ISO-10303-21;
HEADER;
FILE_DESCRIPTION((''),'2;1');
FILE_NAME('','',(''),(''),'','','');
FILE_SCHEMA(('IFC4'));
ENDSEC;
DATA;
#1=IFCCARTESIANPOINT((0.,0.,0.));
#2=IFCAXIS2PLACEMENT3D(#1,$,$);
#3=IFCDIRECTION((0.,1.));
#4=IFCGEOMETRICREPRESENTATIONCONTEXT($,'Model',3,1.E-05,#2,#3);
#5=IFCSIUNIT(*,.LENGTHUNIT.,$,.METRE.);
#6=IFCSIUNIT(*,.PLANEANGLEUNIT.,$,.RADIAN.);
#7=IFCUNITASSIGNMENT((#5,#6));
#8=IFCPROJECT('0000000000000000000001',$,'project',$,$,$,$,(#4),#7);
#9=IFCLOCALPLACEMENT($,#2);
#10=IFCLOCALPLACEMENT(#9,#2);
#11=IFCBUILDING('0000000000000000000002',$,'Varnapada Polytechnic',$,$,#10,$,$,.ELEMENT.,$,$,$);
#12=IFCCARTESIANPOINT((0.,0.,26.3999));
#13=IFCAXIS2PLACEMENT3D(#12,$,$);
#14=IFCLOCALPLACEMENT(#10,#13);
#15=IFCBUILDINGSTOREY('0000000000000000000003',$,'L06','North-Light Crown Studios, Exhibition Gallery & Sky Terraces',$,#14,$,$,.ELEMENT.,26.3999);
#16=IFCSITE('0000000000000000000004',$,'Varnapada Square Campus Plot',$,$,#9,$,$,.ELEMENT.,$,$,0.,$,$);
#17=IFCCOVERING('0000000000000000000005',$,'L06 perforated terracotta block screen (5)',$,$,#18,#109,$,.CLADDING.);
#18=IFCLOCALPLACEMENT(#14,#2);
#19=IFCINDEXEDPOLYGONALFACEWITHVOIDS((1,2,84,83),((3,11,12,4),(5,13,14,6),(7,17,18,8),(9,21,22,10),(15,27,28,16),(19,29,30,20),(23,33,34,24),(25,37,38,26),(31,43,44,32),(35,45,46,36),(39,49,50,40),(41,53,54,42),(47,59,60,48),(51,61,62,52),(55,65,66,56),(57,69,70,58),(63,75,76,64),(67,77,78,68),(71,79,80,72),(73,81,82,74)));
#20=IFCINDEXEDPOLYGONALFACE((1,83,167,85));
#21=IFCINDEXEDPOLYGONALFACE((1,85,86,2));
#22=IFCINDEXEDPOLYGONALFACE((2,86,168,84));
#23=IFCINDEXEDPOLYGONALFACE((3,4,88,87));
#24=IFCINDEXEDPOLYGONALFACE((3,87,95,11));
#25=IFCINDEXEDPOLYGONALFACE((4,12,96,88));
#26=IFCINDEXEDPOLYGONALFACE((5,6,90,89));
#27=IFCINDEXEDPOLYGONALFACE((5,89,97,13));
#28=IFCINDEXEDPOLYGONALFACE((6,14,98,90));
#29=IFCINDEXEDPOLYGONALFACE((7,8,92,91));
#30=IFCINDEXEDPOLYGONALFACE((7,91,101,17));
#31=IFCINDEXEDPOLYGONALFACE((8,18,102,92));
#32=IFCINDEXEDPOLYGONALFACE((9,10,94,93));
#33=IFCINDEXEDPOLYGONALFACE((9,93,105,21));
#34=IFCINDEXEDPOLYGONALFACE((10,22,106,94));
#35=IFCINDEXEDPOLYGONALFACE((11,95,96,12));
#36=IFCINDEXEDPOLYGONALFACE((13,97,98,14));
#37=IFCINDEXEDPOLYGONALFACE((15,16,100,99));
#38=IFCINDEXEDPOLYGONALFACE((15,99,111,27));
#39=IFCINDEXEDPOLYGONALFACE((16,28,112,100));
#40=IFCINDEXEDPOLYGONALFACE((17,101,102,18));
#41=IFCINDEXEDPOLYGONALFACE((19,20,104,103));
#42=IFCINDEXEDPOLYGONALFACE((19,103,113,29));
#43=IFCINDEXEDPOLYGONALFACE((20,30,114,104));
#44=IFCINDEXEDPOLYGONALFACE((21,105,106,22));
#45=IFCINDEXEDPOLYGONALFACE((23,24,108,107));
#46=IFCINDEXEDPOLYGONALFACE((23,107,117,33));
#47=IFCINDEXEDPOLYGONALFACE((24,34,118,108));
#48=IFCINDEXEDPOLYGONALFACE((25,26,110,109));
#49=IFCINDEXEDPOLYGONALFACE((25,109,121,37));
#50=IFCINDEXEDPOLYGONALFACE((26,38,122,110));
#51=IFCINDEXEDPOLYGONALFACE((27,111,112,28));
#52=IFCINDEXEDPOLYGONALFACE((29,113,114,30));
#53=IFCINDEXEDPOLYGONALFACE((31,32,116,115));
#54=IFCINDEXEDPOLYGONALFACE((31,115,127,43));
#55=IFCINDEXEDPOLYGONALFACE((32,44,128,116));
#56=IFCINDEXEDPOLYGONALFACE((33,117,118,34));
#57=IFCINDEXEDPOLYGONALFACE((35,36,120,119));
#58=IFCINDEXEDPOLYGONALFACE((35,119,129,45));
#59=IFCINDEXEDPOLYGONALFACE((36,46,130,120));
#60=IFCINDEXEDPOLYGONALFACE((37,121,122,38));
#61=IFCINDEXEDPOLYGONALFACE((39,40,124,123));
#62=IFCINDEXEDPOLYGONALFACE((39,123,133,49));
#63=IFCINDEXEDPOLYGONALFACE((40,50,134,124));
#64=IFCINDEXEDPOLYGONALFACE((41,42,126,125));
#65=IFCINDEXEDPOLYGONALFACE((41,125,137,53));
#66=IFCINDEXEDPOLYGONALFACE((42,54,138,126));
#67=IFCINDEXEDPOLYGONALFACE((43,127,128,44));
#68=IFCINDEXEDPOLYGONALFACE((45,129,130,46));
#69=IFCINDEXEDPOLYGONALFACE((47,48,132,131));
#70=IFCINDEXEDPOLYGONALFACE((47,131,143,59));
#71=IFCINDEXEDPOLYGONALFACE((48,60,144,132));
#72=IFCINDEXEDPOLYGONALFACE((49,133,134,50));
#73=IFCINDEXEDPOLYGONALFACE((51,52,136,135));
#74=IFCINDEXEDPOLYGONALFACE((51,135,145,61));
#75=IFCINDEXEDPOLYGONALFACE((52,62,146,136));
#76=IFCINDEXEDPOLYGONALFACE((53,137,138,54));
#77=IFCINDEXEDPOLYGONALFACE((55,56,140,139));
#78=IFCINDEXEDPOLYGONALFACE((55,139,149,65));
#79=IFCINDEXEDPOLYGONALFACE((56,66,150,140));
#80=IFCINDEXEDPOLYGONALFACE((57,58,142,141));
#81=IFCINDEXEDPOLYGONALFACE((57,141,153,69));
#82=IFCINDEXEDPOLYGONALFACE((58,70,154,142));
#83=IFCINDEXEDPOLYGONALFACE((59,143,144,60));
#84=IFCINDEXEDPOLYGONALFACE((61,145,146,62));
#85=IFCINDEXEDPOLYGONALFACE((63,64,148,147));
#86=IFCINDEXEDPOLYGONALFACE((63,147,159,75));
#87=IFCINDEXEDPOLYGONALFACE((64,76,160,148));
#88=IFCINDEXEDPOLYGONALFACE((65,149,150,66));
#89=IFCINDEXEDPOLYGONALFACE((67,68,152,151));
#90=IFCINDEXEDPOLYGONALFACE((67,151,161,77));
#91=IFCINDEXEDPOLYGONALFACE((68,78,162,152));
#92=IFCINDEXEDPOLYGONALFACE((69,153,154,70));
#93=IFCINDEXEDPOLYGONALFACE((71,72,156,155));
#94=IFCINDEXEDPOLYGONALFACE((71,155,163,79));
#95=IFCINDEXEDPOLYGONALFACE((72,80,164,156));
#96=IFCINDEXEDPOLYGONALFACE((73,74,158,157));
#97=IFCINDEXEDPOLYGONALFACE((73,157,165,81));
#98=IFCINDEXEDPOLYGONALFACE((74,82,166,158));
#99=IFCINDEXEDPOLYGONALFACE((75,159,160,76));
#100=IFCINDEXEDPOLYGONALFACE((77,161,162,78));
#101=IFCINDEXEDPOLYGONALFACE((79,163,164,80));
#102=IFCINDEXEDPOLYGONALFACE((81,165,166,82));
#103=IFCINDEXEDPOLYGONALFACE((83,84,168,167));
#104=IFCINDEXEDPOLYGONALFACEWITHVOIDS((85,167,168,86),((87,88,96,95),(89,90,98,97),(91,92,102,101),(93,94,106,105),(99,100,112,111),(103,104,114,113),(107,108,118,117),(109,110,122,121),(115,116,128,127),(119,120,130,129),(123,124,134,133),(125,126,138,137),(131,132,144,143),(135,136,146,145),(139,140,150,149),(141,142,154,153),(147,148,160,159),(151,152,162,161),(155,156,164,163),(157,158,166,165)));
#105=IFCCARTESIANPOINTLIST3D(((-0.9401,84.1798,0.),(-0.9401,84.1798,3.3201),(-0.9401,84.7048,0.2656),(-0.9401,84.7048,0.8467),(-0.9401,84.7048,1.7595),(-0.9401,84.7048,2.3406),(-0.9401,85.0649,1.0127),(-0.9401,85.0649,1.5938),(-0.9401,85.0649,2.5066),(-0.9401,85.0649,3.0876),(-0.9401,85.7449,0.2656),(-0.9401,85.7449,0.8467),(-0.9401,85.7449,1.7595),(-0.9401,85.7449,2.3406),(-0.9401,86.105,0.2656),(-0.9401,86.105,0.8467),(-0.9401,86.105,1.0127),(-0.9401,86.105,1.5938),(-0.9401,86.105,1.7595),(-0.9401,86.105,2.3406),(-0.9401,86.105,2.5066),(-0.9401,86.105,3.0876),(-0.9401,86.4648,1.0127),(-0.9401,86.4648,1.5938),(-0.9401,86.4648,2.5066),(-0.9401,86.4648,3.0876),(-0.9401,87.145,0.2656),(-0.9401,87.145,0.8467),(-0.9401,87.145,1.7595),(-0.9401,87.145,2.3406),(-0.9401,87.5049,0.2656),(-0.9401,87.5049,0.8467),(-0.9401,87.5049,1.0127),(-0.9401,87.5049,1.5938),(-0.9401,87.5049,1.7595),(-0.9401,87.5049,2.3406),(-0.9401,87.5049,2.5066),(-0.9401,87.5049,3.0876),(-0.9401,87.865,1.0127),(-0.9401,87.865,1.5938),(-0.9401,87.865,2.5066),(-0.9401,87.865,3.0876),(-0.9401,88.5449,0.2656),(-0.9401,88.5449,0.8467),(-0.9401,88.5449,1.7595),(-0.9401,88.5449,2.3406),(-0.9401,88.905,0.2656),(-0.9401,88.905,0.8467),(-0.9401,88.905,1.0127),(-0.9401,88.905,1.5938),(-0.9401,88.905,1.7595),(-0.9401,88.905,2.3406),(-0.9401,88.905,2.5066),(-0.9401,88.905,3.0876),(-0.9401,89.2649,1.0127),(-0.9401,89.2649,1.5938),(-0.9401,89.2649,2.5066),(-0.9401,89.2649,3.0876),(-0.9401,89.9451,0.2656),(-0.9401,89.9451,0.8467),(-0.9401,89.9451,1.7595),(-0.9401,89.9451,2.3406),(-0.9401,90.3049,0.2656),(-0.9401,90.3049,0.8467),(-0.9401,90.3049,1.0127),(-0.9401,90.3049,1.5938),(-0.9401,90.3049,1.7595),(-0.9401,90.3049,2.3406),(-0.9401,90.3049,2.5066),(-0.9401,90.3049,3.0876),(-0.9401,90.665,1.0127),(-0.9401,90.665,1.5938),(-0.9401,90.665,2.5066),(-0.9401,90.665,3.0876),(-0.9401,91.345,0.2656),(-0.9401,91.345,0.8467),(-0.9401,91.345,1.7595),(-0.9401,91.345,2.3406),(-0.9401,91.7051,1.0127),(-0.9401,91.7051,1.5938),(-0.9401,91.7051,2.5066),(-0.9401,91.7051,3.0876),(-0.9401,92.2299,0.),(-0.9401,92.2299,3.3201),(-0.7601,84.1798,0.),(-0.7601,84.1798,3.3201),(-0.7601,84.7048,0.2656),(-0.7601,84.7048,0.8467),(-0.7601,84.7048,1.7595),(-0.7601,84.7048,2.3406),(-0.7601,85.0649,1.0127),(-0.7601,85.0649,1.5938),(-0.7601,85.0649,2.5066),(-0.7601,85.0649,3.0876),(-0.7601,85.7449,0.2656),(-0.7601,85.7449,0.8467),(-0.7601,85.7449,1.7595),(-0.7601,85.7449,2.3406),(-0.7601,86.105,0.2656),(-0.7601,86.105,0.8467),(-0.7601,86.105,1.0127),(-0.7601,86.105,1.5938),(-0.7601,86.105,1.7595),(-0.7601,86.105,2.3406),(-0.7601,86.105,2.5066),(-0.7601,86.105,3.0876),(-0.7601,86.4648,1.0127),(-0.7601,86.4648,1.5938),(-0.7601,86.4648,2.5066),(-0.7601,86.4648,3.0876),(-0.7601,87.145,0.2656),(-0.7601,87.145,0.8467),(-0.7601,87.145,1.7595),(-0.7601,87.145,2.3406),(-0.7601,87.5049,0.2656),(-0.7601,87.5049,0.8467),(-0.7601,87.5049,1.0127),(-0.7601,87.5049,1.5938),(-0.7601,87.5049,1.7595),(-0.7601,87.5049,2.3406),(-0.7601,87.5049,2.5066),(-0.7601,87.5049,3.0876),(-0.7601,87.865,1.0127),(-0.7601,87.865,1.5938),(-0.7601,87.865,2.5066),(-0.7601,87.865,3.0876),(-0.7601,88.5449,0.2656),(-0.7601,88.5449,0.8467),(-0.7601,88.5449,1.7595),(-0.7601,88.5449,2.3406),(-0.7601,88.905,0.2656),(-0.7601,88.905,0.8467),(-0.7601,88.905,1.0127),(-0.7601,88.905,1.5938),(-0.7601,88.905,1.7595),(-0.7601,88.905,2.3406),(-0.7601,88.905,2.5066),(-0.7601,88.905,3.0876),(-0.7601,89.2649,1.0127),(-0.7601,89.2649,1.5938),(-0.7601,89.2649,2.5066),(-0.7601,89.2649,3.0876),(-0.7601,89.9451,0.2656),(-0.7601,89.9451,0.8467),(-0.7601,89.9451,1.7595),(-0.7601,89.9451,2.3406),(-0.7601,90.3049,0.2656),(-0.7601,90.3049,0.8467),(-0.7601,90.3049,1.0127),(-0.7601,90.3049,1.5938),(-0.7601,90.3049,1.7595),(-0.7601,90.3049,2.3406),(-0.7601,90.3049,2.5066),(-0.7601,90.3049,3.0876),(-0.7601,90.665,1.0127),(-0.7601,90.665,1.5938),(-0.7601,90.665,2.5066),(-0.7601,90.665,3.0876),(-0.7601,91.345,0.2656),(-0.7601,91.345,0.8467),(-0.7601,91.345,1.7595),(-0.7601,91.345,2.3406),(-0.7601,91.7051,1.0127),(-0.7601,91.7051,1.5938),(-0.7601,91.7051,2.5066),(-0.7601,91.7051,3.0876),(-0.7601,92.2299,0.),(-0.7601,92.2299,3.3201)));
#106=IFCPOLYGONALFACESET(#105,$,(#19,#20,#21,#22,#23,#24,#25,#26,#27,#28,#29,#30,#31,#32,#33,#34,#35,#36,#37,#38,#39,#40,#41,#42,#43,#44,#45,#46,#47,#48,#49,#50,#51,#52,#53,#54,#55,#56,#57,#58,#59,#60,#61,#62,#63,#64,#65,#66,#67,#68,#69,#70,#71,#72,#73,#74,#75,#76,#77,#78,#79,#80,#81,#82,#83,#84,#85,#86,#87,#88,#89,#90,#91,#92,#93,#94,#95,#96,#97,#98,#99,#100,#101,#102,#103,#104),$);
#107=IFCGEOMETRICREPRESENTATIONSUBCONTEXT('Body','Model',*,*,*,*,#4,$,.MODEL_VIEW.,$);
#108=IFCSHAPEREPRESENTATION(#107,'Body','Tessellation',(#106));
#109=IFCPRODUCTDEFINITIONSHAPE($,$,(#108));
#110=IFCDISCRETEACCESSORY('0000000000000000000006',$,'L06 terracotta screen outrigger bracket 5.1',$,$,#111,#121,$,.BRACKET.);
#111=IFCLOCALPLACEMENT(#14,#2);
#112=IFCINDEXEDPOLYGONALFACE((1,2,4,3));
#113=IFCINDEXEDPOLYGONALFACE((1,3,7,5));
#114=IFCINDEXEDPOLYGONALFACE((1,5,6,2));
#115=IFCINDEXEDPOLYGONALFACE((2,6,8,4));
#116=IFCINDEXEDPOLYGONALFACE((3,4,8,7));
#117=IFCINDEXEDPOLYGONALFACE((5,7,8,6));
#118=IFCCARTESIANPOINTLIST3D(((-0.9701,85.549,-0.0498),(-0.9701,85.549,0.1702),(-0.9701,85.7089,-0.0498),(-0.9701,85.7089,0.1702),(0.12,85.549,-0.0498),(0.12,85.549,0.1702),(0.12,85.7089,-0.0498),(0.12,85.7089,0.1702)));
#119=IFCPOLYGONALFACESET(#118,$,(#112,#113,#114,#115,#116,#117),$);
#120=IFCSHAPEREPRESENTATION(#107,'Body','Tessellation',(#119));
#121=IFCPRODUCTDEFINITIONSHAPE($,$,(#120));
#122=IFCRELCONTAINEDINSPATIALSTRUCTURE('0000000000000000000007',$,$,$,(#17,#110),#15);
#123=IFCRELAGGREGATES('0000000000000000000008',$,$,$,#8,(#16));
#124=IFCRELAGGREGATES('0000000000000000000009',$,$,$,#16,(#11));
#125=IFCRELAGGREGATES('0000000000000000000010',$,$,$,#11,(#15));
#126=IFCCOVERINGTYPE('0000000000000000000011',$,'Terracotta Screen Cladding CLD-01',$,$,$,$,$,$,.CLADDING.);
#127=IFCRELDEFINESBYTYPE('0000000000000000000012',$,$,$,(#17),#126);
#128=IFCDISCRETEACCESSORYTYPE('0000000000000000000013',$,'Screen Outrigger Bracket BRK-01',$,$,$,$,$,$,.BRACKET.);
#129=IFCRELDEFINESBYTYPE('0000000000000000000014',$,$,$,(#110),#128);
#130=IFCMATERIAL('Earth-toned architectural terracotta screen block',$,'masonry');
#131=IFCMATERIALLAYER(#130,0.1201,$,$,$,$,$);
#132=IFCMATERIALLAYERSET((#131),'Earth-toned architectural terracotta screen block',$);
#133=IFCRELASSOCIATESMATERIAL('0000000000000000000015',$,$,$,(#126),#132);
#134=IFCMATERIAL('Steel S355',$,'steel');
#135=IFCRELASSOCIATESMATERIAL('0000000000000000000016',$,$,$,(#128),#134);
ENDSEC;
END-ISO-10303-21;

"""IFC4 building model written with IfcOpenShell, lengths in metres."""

from ifc_helpers import new_model, si_unit, direction, frame, frame_2d, origin, origin_2d, place, context, subcontext, project, spatial, rectangle, extrude, material, layer, layer_set, type_object, element, save


model = new_model("IFC4")

# Units and contexts
model_context = context("Model", 3, precision=1e-05, world=origin(), true_north=direction((0.0, 1.0)))
body_context = subcontext(model_context, "Body", "Model", "MODEL_VIEW")
ifc_project = project(units=[si_unit("LENGTHUNIT", "METRE"), si_unit("PLANEANGLEUNIT", "RADIAN")], contexts=[model_context])

# Site, building, storey
site_placement = place(None, origin())
site = spatial("IfcSite", under=ifc_project, at=site_placement, Name="Varnapada Square Campus Plot", CompositionType="ELEMENT", RefElevation=0.0)
building_placement = place(site_placement, origin())
building = spatial("IfcBuilding", under=site, at=building_placement, Name="Varnapada Polytechnic", CompositionType="ELEMENT")
storey_placement = place(building_placement, frame((0.0, 0.0, 26.3999)))
storey = spatial("IfcBuildingStorey", under=building, at=storey_placement, Name="L06", Description="North-Light Crown Studios, Exhibition Gallery & Sky Terraces", CompositionType="ELEMENT", Elevation=26.3999)

# Covering, openings
ifc_material_1 = material(Name="Earth-toned architectural terracotta screen block", Category="masonry")
ifc_layer_1 = layer(ifc_material_1, 0.1201)
ifc_layer_set_1 = layer_set([ifc_layer_1], Name="Earth-toned architectural terracotta screen block")
covering_type = type_object("IfcCoveringType", Name="Terracotta Screen Cladding CLD-01", PredefinedType="CLADDING", material=ifc_layer_set_1)
covering_placement = place(storey_placement, frame((-0.8501, 84.1799, 0.0), z_axis=(0.0, 0.0, 1.0), x_axis=(0.0, 1.0, 0.0)))
covering = element("IfcCovering", 1, at=covering_placement, inside=storey, type_object=covering_type, Name="L06 perforated terracotta block screen (5)", PredefinedType="CLADDING", context=body_context, shape_type="SweptSolid", body=[
    extrude(rectangle(XDim=8.05, YDim=0.1799, at=frame_2d((4.0249, 0.0))), origin(), (0.0, 0.0, 1.0), 3.3201),
])
opening_1_placement = place(covering_placement, frame((0.5249, 0.0, 0.2656)))
element("IfcOpeningElement", 2, at=opening_1_placement, cuts=covering, PredefinedType="OPENING", context=body_context, shape_type="SweptSolid", body=[
    extrude(rectangle(XDim=1.04, YDim=0.5811, at=frame_2d((0.52, 0.2905))), frame((0.0, 0.0999, 0.0), z_axis=(0.0, -1.0, 0.0), x_axis=(1.0, 0.0, 0.0)), (0.0, 0.0, 1.0), 0.2),
])
opening_2_placement = place(covering_placement, frame((1.925, 0.0, 0.2656)))
element("IfcOpeningElement", 3, at=opening_2_placement, cuts=covering, PredefinedType="OPENING", context=body_context, shape_type="SweptSolid", body=[
    extrude(rectangle(XDim=1.04, YDim=0.5811, at=frame_2d((0.52, 0.2905))), frame((0.0, 0.0999, 0.0), z_axis=(0.0, -1.0, 0.0), x_axis=(1.0, 0.0, 0.0)), (0.0, 0.0, 1.0), 0.2),
])
opening_3_placement = place(covering_placement, frame((3.325, 0.0, 0.2656)))
element("IfcOpeningElement", 4, at=opening_3_placement, cuts=covering, PredefinedType="OPENING", context=body_context, shape_type="SweptSolid", body=[
    extrude(rectangle(XDim=1.04, YDim=0.5811, at=frame_2d((0.52, 0.2905))), frame((0.0, 0.0999, 0.0), z_axis=(0.0, -1.0, 0.0), x_axis=(1.0, 0.0, 0.0)), (0.0, 0.0, 1.0), 0.2),
])
opening_4_placement = place(covering_placement, frame((4.7251, 0.0, 0.2656)))
element("IfcOpeningElement", 5, at=opening_4_placement, cuts=covering, PredefinedType="OPENING", context=body_context, shape_type="SweptSolid", body=[
    extrude(rectangle(XDim=1.04, YDim=0.5811, at=frame_2d((0.52, 0.2905))), frame((0.0, 0.0999, 0.0), z_axis=(0.0, -1.0, 0.0), x_axis=(1.0, 0.0, 0.0)), (0.0, 0.0, 1.0), 0.2),
])
opening_5_placement = place(covering_placement, frame((6.125, 0.0, 0.2656)))
element("IfcOpeningElement", 6, at=opening_5_placement, cuts=covering, PredefinedType="OPENING", context=body_context, shape_type="SweptSolid", body=[
    extrude(rectangle(XDim=1.04, YDim=0.5811, at=frame_2d((0.52, 0.2905))), frame((0.0, 0.0999, 0.0), z_axis=(0.0, -1.0, 0.0), x_axis=(1.0, 0.0, 0.0)), (0.0, 0.0, 1.0), 0.2),
])
opening_6_placement = place(covering_placement, frame((0.885, 0.0, 1.0127)))
element("IfcOpeningElement", 7, at=opening_6_placement, cuts=covering, PredefinedType="OPENING", context=body_context, shape_type="SweptSolid", body=[
    extrude(rectangle(XDim=1.04, YDim=0.5811, at=frame_2d((0.52, 0.2905))), frame((0.0, 0.0999, 0.0), z_axis=(0.0, -1.0, 0.0), x_axis=(1.0, 0.0, 0.0)), (0.0, 0.0, 1.0), 0.2),
])
opening_7_placement = place(covering_placement, frame((2.2849, 0.0, 1.0127)))
element("IfcOpeningElement", 8, at=opening_7_placement, cuts=covering, PredefinedType="OPENING", context=body_context, shape_type="SweptSolid", body=[
    extrude(rectangle(XDim=1.04, YDim=0.5811, at=frame_2d((0.52, 0.2905))), frame((0.0, 0.0999, 0.0), z_axis=(0.0, -1.0, 0.0), x_axis=(1.0, 0.0, 0.0)), (0.0, 0.0, 1.0), 0.2),
])
opening_8_placement = place(covering_placement, frame((3.6851, 0.0, 1.0127)))
element("IfcOpeningElement", 9, at=opening_8_placement, cuts=covering, PredefinedType="OPENING", context=body_context, shape_type="SweptSolid", body=[
    extrude(rectangle(XDim=1.04, YDim=0.5811, at=frame_2d((0.52, 0.2905))), frame((0.0, 0.0999, 0.0), z_axis=(0.0, -1.0, 0.0), x_axis=(1.0, 0.0, 0.0)), (0.0, 0.0, 1.0), 0.2),
])
opening_9_placement = place(covering_placement, frame((5.085, 0.0, 1.0127)))
element("IfcOpeningElement", 10, at=opening_9_placement, cuts=covering, PredefinedType="OPENING", context=body_context, shape_type="SweptSolid", body=[
    extrude(rectangle(XDim=1.04, YDim=0.5811, at=frame_2d((0.52, 0.2905))), frame((0.0, 0.0999, 0.0), z_axis=(0.0, -1.0, 0.0), x_axis=(1.0, 0.0, 0.0)), (0.0, 0.0, 1.0), 0.2),
])
opening_10_placement = place(covering_placement, frame((6.4851, 0.0, 1.0127)))
element("IfcOpeningElement", 11, at=opening_10_placement, cuts=covering, PredefinedType="OPENING", context=body_context, shape_type="SweptSolid", body=[
    extrude(rectangle(XDim=1.04, YDim=0.5811, at=frame_2d((0.52, 0.2905))), frame((0.0, 0.0999, 0.0), z_axis=(0.0, -1.0, 0.0), x_axis=(1.0, 0.0, 0.0)), (0.0, 0.0, 1.0), 0.2),
])
opening_11_placement = place(covering_placement, frame((0.5249, 0.0, 1.7595)))
element("IfcOpeningElement", 12, at=opening_11_placement, cuts=covering, PredefinedType="OPENING", context=body_context, shape_type="SweptSolid", body=[
    extrude(rectangle(XDim=1.04, YDim=0.5811, at=frame_2d((0.52, 0.2905))), frame((0.0, 0.0999, 0.0), z_axis=(0.0, -1.0, 0.0), x_axis=(1.0, 0.0, 0.0)), (0.0, 0.0, 1.0), 0.2),
])
opening_12_placement = place(covering_placement, frame((1.925, 0.0, 1.7595)))
element("IfcOpeningElement", 13, at=opening_12_placement, cuts=covering, PredefinedType="OPENING", context=body_context, shape_type="SweptSolid", body=[
    extrude(rectangle(XDim=1.04, YDim=0.5811, at=frame_2d((0.52, 0.2905))), frame((0.0, 0.0999, 0.0), z_axis=(0.0, -1.0, 0.0), x_axis=(1.0, 0.0, 0.0)), (0.0, 0.0, 1.0), 0.2),
])
opening_13_placement = place(covering_placement, frame((3.325, 0.0, 1.7595)))
element("IfcOpeningElement", 14, at=opening_13_placement, cuts=covering, PredefinedType="OPENING", context=body_context, shape_type="SweptSolid", body=[
    extrude(rectangle(XDim=1.04, YDim=0.5811, at=frame_2d((0.52, 0.2905))), frame((0.0, 0.0999, 0.0), z_axis=(0.0, -1.0, 0.0), x_axis=(1.0, 0.0, 0.0)), (0.0, 0.0, 1.0), 0.2),
])
opening_14_placement = place(covering_placement, frame((4.7251, 0.0, 1.7595)))
element("IfcOpeningElement", 15, at=opening_14_placement, cuts=covering, PredefinedType="OPENING", context=body_context, shape_type="SweptSolid", body=[
    extrude(rectangle(XDim=1.04, YDim=0.5811, at=frame_2d((0.52, 0.2905))), frame((0.0, 0.0999, 0.0), z_axis=(0.0, -1.0, 0.0), x_axis=(1.0, 0.0, 0.0)), (0.0, 0.0, 1.0), 0.2),
])
opening_15_placement = place(covering_placement, frame((6.125, 0.0, 1.7595)))
element("IfcOpeningElement", 16, at=opening_15_placement, cuts=covering, PredefinedType="OPENING", context=body_context, shape_type="SweptSolid", body=[
    extrude(rectangle(XDim=1.04, YDim=0.5811, at=frame_2d((0.52, 0.2905))), frame((0.0, 0.0999, 0.0), z_axis=(0.0, -1.0, 0.0), x_axis=(1.0, 0.0, 0.0)), (0.0, 0.0, 1.0), 0.2),
])
opening_16_placement = place(covering_placement, frame((0.885, 0.0, 2.5066)))
element("IfcOpeningElement", 17, at=opening_16_placement, cuts=covering, PredefinedType="OPENING", context=body_context, shape_type="SweptSolid", body=[
    extrude(rectangle(XDim=1.04, YDim=0.5811, at=frame_2d((0.52, 0.2905))), frame((0.0, 0.0999, 0.0), z_axis=(0.0, -1.0, 0.0), x_axis=(1.0, 0.0, 0.0)), (0.0, 0.0, 1.0), 0.2),
])
opening_17_placement = place(covering_placement, frame((2.2849, 0.0, 2.5066)))
element("IfcOpeningElement", 18, at=opening_17_placement, cuts=covering, PredefinedType="OPENING", context=body_context, shape_type="SweptSolid", body=[
    extrude(rectangle(XDim=1.04, YDim=0.5811, at=frame_2d((0.52, 0.2905))), frame((0.0, 0.0999, 0.0), z_axis=(0.0, -1.0, 0.0), x_axis=(1.0, 0.0, 0.0)), (0.0, 0.0, 1.0), 0.2),
])
opening_18_placement = place(covering_placement, frame((3.6851, 0.0, 2.5066)))
element("IfcOpeningElement", 19, at=opening_18_placement, cuts=covering, PredefinedType="OPENING", context=body_context, shape_type="SweptSolid", body=[
    extrude(rectangle(XDim=1.04, YDim=0.5811, at=frame_2d((0.52, 0.2905))), frame((0.0, 0.0999, 0.0), z_axis=(0.0, -1.0, 0.0), x_axis=(1.0, 0.0, 0.0)), (0.0, 0.0, 1.0), 0.2),
])
opening_19_placement = place(covering_placement, frame((5.085, 0.0, 2.5066)))
element("IfcOpeningElement", 20, at=opening_19_placement, cuts=covering, PredefinedType="OPENING", context=body_context, shape_type="SweptSolid", body=[
    extrude(rectangle(XDim=1.04, YDim=0.5811, at=frame_2d((0.52, 0.2905))), frame((0.0, 0.0999, 0.0), z_axis=(0.0, -1.0, 0.0), x_axis=(1.0, 0.0, 0.0)), (0.0, 0.0, 1.0), 0.2),
])
opening_20_placement = place(covering_placement, frame((6.4851, 0.0, 2.5066)))
element("IfcOpeningElement", 21, at=opening_20_placement, cuts=covering, PredefinedType="OPENING", context=body_context, shape_type="SweptSolid", body=[
    extrude(rectangle(XDim=1.04, YDim=0.5811, at=frame_2d((0.52, 0.2905))), frame((0.0, 0.0999, 0.0), z_axis=(0.0, -1.0, 0.0), x_axis=(1.0, 0.0, 0.0)), (0.0, 0.0, 1.0), 0.2),
])

# Discrete accessory
ifc_material_2 = material(Name="Steel S355", Category="steel")
discrete_accessory_type = type_object("IfcDiscreteAccessoryType", Name="Screen Outrigger Bracket BRK-01", PredefinedType="BRACKET", material=ifc_material_2)
discrete_accessory_placement = place(storey_placement, frame((-0.425, 85.6289, -0.0498), z_axis=(0.0, 0.0, 1.0), x_axis=(0.0, 1.0, 0.0)))
element("IfcDiscreteAccessory", 22, at=discrete_accessory_placement, inside=storey, type_object=discrete_accessory_type, Name="L06 terracotta screen outrigger bracket 5.1", PredefinedType="BRACKET", context=body_context, shape_type="SweptSolid", body=[
    extrude(rectangle(XDim=0.1599, YDim=1.0901, at=origin_2d()), origin(), (0.0, 0.0, 1.0), 0.22),
])

save(model, "model.ifc")
